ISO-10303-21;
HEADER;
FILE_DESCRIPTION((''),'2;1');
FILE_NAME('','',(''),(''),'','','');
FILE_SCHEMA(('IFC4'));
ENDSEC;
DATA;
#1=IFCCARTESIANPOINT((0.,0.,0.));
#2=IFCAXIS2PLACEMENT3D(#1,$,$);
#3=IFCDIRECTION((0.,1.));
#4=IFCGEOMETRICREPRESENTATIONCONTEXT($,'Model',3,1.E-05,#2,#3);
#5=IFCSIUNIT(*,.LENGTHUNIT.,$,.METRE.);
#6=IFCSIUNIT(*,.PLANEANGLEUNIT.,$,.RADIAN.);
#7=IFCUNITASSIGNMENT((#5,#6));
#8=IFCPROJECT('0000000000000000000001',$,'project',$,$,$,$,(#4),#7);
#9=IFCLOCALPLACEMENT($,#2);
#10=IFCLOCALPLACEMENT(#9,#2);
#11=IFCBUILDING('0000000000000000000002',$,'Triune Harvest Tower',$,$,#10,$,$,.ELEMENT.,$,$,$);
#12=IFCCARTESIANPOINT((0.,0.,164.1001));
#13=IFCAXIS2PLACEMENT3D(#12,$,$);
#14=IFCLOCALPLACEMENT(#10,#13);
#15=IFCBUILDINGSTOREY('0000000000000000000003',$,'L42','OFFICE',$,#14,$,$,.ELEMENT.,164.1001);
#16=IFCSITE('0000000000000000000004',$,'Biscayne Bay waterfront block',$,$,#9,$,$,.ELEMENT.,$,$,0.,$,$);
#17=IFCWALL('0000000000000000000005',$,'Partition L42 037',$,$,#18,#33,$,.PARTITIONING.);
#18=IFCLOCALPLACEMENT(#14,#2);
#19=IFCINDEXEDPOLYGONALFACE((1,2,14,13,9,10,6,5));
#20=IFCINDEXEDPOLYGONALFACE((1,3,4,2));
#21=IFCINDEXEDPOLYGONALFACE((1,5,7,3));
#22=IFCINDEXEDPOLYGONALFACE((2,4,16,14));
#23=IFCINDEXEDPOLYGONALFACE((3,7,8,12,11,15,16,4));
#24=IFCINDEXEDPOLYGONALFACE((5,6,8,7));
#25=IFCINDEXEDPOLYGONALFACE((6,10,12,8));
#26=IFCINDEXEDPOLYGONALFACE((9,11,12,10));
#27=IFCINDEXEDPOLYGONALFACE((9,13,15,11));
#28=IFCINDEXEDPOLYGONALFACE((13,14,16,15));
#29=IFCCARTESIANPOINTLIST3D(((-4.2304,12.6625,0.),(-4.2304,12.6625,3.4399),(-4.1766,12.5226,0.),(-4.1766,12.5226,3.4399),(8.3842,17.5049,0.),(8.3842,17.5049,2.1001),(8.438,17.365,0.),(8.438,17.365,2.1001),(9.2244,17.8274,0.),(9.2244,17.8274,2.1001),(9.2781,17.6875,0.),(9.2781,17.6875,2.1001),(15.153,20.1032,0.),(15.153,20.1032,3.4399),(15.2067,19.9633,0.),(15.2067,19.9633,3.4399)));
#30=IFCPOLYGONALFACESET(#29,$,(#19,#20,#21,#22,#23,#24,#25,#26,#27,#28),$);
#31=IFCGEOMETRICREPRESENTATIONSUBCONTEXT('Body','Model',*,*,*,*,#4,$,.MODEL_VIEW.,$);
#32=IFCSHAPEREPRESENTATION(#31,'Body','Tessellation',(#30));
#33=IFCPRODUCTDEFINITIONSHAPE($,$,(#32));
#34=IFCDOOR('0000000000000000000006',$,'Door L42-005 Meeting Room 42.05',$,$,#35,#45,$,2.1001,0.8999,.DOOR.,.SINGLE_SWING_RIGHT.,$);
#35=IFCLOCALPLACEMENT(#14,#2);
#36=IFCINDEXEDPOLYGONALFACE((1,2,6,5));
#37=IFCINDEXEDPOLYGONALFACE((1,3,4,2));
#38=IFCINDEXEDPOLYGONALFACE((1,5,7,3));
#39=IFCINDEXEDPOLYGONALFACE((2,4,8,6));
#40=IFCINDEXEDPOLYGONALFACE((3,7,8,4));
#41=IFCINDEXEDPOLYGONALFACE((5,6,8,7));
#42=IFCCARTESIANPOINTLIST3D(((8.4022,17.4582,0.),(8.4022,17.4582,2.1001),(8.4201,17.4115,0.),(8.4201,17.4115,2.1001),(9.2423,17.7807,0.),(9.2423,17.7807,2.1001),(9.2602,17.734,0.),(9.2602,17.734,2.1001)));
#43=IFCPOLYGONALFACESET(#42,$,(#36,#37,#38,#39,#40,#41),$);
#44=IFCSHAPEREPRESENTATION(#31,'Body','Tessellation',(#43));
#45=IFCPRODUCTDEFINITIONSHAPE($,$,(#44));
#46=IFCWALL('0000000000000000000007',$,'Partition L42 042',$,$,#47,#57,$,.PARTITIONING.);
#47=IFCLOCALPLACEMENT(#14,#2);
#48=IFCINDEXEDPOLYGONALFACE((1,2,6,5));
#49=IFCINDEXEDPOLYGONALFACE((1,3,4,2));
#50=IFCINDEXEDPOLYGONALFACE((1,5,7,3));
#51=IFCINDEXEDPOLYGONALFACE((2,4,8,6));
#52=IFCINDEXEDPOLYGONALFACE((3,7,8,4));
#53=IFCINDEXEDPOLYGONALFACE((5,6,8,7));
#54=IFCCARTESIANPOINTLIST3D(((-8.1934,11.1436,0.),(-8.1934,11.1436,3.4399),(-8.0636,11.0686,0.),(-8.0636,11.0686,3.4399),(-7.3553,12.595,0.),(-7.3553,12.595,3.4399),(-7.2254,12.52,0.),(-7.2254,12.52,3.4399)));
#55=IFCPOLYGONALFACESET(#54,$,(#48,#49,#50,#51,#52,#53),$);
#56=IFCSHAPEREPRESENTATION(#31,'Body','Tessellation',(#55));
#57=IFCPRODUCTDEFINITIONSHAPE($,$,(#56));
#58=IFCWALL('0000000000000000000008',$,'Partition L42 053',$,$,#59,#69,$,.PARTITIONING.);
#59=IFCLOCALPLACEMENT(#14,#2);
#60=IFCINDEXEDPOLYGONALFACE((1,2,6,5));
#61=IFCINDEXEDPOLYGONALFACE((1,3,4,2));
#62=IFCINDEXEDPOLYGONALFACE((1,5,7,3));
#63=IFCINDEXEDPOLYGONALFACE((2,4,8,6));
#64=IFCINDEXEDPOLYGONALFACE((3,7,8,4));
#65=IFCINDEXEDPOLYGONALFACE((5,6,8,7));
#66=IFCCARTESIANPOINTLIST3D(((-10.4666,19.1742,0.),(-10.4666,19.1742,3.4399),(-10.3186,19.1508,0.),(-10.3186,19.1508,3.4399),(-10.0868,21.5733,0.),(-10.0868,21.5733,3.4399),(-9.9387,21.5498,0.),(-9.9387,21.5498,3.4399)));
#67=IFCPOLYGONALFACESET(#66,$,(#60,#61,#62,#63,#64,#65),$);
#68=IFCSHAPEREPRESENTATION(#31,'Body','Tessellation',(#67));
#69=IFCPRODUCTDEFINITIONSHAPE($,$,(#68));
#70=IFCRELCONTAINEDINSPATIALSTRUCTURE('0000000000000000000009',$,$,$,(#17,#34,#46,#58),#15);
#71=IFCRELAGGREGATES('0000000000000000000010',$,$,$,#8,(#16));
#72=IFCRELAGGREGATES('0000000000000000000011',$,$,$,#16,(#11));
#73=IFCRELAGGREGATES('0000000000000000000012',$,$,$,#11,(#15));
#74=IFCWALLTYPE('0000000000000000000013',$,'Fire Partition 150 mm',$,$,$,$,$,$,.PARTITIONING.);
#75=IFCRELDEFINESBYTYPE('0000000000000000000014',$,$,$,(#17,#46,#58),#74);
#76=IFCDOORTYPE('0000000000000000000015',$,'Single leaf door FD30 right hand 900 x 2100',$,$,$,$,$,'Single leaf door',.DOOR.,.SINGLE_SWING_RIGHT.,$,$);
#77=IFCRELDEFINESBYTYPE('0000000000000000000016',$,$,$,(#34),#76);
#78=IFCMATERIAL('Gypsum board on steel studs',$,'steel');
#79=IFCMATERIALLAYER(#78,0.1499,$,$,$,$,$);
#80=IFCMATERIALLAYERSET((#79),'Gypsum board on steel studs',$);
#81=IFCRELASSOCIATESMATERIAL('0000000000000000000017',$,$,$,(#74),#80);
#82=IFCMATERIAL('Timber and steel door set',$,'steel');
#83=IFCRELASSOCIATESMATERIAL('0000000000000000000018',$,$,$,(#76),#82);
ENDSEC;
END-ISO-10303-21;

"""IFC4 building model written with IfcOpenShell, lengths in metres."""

from ifc_helpers import new_model, si_unit, direction, frame, frame_2d, origin, place, context, subcontext, project, spatial, rectangle, extrude, source, transform, mapped, material, layer, layer_set, type_object, element, fill, save


model = new_model("IFC4")

# Units and contexts
model_context = context("Model", 3, precision=1e-05, world=origin(), true_north=direction((0.0, 1.0)))
body_context = subcontext(model_context, "Body", "Model", "MODEL_VIEW")
ifc_project = project(units=[si_unit("LENGTHUNIT", "METRE"), si_unit("PLANEANGLEUNIT", "RADIAN")], contexts=[model_context])

# Site, building, storey
site_placement = place(None, origin())
site = spatial("IfcSite", under=ifc_project, at=site_placement, Name="Biscayne Bay waterfront block", CompositionType="ELEMENT", RefElevation=0.0)
building_placement = place(site_placement, origin())
building = spatial("IfcBuilding", under=site, at=building_placement, Name="Triune Harvest Tower", CompositionType="ELEMENT")
storey_placement = place(building_placement, frame((0.0, 0.0, 164.1001)))
storey = spatial("IfcBuildingStorey", under=building, at=storey_placement, Name="L42", Description="OFFICE", CompositionType="ELEMENT", Elevation=164.1001)

# Shared definitions
ifc_material_1 = material(Name="Gypsum board on steel studs", Category="steel")
ifc_layer_1 = layer(ifc_material_1, 0.1499)
ifc_layer_set_1 = layer_set([ifc_layer_1], Name="Gypsum board on steel studs")
wall_type_1 = type_object("IfcWallType", Name="Fire Partition 150 mm", PredefinedType="PARTITIONING", material=ifc_layer_set_1)
ifc_material_2 = material(Name="Timber and steel door set", Category="steel")
door_type = type_object("IfcDoorType", Name="Single leaf door FD30 right hand 900 x 2100", ElementType="Single leaf door", OperationType="SINGLE_SWING_RIGHT", PredefinedType="DOOR", material=ifc_material_2)

# Wall, opening, door
shared_shape_1 = source(origin(), body_context, "Body", "SweptSolid", [
    extrude(rectangle(XDim=20.7625, YDim=0.1499, at=frame_2d((10.3813, 0.0))), origin(), (0.0, 0.0, 1.0), 3.4399),
])
wall_1_placement = place(storey_placement, frame((-4.2036, 12.5925, 0.0), z_axis=(0.0, 0.0, 1.0), x_axis=(0.933578, 0.358373, 0.0)))
wall_1 = element("IfcWall", 1, at=wall_1_placement, inside=storey, type_object=wall_type_1, Name="Partition L42 037", PredefinedType="PARTITIONING", context=body_context, shape_type="MappedRepresentation", body=[
    mapped(shared_shape_1, transform((0.0, 0.0, 0.0), scale=1.0)),
])
opening_1_placement = place(wall_1_placement, frame((13.5122, 0.0, 0.0)))
opening_1 = element("IfcOpeningElement", 2, at=opening_1_placement, cuts=wall_1, PredefinedType="OPENING", context=body_context, shape_type="SweptSolid", body=[
    extrude(rectangle(XDim=0.8999, YDim=2.1001, at=frame_2d((0.45, 1.05))), frame((0.0, 0.085, 0.0), z_axis=(0.0, -1.0, 0.0), x_axis=(1.0, 0.0, 0.0)), (0.0, 0.0, 1.0), 0.1699),
])
door_1_placement = place(opening_1_placement, origin())
door_1 = element("IfcDoor", 3, at=door_1_placement, inside=storey, type_object=door_type, Name="Door L42-005 Meeting Room 42.05", OperationType="SINGLE_SWING_RIGHT", OverallHeight=2.1001, OverallWidth=0.8999, PredefinedType="DOOR", context=body_context, shape_type="SweptSolid", body=[
    extrude(rectangle(XDim=0.8999, YDim=2.1001, at=frame_2d((0.45, 1.05))), frame((0.0, 0.0249, 0.0), z_axis=(0.0, -1.0, 0.0), x_axis=(1.0, 0.0, 0.0)), (0.0, 0.0, 1.0), 0.05),
])
fill(opening_1, door_1)

# Walls
shared_shape_2 = source(origin(), body_context, "Body", "SweptSolid", [
    extrude(rectangle(XDim=1.676, YDim=0.1499, at=frame_2d((0.8379, 0.0))), origin(), (0.0, 0.0, 1.0), 3.4399),
])
wall_2_placement = place(storey_placement, frame((-8.1284, 11.1062, 0.0), z_axis=(0.0, 0.0, 1.0), x_axis=(0.500071, 0.865984, 0.0)))
element("IfcWall", 4, at=wall_2_placement, inside=storey, type_object=wall_type_1, Name="Partition L42 042", PredefinedType="PARTITIONING", context=body_context, shape_type="MappedRepresentation", body=[
    mapped(shared_shape_2, transform((0.0, 0.0, 0.0), scale=1.0)),
])
shared_shape_3 = source(origin(), body_context, "Body", "SweptSolid", [
    extrude(rectangle(XDim=2.429, YDim=0.1499, at=frame_2d((1.2144, 0.0))), origin(), (0.0, 0.0, 1.0), 3.4399),
])
wall_3_placement = place(storey_placement, frame((-10.3926, 19.1626, 0.0), z_axis=(0.0, 0.0, 1.0), x_axis=(0.156391, 0.987695, 0.0)))
element("IfcWall", 5, at=wall_3_placement, inside=storey, type_object=wall_type_1, Name="Partition L42 053", PredefinedType="PARTITIONING", context=body_context, shape_type="MappedRepresentation", body=[
    mapped(shared_shape_3, transform((0.0, 0.0, 0.0), scale=1.0)),
])

save(model, "model.ifc")
